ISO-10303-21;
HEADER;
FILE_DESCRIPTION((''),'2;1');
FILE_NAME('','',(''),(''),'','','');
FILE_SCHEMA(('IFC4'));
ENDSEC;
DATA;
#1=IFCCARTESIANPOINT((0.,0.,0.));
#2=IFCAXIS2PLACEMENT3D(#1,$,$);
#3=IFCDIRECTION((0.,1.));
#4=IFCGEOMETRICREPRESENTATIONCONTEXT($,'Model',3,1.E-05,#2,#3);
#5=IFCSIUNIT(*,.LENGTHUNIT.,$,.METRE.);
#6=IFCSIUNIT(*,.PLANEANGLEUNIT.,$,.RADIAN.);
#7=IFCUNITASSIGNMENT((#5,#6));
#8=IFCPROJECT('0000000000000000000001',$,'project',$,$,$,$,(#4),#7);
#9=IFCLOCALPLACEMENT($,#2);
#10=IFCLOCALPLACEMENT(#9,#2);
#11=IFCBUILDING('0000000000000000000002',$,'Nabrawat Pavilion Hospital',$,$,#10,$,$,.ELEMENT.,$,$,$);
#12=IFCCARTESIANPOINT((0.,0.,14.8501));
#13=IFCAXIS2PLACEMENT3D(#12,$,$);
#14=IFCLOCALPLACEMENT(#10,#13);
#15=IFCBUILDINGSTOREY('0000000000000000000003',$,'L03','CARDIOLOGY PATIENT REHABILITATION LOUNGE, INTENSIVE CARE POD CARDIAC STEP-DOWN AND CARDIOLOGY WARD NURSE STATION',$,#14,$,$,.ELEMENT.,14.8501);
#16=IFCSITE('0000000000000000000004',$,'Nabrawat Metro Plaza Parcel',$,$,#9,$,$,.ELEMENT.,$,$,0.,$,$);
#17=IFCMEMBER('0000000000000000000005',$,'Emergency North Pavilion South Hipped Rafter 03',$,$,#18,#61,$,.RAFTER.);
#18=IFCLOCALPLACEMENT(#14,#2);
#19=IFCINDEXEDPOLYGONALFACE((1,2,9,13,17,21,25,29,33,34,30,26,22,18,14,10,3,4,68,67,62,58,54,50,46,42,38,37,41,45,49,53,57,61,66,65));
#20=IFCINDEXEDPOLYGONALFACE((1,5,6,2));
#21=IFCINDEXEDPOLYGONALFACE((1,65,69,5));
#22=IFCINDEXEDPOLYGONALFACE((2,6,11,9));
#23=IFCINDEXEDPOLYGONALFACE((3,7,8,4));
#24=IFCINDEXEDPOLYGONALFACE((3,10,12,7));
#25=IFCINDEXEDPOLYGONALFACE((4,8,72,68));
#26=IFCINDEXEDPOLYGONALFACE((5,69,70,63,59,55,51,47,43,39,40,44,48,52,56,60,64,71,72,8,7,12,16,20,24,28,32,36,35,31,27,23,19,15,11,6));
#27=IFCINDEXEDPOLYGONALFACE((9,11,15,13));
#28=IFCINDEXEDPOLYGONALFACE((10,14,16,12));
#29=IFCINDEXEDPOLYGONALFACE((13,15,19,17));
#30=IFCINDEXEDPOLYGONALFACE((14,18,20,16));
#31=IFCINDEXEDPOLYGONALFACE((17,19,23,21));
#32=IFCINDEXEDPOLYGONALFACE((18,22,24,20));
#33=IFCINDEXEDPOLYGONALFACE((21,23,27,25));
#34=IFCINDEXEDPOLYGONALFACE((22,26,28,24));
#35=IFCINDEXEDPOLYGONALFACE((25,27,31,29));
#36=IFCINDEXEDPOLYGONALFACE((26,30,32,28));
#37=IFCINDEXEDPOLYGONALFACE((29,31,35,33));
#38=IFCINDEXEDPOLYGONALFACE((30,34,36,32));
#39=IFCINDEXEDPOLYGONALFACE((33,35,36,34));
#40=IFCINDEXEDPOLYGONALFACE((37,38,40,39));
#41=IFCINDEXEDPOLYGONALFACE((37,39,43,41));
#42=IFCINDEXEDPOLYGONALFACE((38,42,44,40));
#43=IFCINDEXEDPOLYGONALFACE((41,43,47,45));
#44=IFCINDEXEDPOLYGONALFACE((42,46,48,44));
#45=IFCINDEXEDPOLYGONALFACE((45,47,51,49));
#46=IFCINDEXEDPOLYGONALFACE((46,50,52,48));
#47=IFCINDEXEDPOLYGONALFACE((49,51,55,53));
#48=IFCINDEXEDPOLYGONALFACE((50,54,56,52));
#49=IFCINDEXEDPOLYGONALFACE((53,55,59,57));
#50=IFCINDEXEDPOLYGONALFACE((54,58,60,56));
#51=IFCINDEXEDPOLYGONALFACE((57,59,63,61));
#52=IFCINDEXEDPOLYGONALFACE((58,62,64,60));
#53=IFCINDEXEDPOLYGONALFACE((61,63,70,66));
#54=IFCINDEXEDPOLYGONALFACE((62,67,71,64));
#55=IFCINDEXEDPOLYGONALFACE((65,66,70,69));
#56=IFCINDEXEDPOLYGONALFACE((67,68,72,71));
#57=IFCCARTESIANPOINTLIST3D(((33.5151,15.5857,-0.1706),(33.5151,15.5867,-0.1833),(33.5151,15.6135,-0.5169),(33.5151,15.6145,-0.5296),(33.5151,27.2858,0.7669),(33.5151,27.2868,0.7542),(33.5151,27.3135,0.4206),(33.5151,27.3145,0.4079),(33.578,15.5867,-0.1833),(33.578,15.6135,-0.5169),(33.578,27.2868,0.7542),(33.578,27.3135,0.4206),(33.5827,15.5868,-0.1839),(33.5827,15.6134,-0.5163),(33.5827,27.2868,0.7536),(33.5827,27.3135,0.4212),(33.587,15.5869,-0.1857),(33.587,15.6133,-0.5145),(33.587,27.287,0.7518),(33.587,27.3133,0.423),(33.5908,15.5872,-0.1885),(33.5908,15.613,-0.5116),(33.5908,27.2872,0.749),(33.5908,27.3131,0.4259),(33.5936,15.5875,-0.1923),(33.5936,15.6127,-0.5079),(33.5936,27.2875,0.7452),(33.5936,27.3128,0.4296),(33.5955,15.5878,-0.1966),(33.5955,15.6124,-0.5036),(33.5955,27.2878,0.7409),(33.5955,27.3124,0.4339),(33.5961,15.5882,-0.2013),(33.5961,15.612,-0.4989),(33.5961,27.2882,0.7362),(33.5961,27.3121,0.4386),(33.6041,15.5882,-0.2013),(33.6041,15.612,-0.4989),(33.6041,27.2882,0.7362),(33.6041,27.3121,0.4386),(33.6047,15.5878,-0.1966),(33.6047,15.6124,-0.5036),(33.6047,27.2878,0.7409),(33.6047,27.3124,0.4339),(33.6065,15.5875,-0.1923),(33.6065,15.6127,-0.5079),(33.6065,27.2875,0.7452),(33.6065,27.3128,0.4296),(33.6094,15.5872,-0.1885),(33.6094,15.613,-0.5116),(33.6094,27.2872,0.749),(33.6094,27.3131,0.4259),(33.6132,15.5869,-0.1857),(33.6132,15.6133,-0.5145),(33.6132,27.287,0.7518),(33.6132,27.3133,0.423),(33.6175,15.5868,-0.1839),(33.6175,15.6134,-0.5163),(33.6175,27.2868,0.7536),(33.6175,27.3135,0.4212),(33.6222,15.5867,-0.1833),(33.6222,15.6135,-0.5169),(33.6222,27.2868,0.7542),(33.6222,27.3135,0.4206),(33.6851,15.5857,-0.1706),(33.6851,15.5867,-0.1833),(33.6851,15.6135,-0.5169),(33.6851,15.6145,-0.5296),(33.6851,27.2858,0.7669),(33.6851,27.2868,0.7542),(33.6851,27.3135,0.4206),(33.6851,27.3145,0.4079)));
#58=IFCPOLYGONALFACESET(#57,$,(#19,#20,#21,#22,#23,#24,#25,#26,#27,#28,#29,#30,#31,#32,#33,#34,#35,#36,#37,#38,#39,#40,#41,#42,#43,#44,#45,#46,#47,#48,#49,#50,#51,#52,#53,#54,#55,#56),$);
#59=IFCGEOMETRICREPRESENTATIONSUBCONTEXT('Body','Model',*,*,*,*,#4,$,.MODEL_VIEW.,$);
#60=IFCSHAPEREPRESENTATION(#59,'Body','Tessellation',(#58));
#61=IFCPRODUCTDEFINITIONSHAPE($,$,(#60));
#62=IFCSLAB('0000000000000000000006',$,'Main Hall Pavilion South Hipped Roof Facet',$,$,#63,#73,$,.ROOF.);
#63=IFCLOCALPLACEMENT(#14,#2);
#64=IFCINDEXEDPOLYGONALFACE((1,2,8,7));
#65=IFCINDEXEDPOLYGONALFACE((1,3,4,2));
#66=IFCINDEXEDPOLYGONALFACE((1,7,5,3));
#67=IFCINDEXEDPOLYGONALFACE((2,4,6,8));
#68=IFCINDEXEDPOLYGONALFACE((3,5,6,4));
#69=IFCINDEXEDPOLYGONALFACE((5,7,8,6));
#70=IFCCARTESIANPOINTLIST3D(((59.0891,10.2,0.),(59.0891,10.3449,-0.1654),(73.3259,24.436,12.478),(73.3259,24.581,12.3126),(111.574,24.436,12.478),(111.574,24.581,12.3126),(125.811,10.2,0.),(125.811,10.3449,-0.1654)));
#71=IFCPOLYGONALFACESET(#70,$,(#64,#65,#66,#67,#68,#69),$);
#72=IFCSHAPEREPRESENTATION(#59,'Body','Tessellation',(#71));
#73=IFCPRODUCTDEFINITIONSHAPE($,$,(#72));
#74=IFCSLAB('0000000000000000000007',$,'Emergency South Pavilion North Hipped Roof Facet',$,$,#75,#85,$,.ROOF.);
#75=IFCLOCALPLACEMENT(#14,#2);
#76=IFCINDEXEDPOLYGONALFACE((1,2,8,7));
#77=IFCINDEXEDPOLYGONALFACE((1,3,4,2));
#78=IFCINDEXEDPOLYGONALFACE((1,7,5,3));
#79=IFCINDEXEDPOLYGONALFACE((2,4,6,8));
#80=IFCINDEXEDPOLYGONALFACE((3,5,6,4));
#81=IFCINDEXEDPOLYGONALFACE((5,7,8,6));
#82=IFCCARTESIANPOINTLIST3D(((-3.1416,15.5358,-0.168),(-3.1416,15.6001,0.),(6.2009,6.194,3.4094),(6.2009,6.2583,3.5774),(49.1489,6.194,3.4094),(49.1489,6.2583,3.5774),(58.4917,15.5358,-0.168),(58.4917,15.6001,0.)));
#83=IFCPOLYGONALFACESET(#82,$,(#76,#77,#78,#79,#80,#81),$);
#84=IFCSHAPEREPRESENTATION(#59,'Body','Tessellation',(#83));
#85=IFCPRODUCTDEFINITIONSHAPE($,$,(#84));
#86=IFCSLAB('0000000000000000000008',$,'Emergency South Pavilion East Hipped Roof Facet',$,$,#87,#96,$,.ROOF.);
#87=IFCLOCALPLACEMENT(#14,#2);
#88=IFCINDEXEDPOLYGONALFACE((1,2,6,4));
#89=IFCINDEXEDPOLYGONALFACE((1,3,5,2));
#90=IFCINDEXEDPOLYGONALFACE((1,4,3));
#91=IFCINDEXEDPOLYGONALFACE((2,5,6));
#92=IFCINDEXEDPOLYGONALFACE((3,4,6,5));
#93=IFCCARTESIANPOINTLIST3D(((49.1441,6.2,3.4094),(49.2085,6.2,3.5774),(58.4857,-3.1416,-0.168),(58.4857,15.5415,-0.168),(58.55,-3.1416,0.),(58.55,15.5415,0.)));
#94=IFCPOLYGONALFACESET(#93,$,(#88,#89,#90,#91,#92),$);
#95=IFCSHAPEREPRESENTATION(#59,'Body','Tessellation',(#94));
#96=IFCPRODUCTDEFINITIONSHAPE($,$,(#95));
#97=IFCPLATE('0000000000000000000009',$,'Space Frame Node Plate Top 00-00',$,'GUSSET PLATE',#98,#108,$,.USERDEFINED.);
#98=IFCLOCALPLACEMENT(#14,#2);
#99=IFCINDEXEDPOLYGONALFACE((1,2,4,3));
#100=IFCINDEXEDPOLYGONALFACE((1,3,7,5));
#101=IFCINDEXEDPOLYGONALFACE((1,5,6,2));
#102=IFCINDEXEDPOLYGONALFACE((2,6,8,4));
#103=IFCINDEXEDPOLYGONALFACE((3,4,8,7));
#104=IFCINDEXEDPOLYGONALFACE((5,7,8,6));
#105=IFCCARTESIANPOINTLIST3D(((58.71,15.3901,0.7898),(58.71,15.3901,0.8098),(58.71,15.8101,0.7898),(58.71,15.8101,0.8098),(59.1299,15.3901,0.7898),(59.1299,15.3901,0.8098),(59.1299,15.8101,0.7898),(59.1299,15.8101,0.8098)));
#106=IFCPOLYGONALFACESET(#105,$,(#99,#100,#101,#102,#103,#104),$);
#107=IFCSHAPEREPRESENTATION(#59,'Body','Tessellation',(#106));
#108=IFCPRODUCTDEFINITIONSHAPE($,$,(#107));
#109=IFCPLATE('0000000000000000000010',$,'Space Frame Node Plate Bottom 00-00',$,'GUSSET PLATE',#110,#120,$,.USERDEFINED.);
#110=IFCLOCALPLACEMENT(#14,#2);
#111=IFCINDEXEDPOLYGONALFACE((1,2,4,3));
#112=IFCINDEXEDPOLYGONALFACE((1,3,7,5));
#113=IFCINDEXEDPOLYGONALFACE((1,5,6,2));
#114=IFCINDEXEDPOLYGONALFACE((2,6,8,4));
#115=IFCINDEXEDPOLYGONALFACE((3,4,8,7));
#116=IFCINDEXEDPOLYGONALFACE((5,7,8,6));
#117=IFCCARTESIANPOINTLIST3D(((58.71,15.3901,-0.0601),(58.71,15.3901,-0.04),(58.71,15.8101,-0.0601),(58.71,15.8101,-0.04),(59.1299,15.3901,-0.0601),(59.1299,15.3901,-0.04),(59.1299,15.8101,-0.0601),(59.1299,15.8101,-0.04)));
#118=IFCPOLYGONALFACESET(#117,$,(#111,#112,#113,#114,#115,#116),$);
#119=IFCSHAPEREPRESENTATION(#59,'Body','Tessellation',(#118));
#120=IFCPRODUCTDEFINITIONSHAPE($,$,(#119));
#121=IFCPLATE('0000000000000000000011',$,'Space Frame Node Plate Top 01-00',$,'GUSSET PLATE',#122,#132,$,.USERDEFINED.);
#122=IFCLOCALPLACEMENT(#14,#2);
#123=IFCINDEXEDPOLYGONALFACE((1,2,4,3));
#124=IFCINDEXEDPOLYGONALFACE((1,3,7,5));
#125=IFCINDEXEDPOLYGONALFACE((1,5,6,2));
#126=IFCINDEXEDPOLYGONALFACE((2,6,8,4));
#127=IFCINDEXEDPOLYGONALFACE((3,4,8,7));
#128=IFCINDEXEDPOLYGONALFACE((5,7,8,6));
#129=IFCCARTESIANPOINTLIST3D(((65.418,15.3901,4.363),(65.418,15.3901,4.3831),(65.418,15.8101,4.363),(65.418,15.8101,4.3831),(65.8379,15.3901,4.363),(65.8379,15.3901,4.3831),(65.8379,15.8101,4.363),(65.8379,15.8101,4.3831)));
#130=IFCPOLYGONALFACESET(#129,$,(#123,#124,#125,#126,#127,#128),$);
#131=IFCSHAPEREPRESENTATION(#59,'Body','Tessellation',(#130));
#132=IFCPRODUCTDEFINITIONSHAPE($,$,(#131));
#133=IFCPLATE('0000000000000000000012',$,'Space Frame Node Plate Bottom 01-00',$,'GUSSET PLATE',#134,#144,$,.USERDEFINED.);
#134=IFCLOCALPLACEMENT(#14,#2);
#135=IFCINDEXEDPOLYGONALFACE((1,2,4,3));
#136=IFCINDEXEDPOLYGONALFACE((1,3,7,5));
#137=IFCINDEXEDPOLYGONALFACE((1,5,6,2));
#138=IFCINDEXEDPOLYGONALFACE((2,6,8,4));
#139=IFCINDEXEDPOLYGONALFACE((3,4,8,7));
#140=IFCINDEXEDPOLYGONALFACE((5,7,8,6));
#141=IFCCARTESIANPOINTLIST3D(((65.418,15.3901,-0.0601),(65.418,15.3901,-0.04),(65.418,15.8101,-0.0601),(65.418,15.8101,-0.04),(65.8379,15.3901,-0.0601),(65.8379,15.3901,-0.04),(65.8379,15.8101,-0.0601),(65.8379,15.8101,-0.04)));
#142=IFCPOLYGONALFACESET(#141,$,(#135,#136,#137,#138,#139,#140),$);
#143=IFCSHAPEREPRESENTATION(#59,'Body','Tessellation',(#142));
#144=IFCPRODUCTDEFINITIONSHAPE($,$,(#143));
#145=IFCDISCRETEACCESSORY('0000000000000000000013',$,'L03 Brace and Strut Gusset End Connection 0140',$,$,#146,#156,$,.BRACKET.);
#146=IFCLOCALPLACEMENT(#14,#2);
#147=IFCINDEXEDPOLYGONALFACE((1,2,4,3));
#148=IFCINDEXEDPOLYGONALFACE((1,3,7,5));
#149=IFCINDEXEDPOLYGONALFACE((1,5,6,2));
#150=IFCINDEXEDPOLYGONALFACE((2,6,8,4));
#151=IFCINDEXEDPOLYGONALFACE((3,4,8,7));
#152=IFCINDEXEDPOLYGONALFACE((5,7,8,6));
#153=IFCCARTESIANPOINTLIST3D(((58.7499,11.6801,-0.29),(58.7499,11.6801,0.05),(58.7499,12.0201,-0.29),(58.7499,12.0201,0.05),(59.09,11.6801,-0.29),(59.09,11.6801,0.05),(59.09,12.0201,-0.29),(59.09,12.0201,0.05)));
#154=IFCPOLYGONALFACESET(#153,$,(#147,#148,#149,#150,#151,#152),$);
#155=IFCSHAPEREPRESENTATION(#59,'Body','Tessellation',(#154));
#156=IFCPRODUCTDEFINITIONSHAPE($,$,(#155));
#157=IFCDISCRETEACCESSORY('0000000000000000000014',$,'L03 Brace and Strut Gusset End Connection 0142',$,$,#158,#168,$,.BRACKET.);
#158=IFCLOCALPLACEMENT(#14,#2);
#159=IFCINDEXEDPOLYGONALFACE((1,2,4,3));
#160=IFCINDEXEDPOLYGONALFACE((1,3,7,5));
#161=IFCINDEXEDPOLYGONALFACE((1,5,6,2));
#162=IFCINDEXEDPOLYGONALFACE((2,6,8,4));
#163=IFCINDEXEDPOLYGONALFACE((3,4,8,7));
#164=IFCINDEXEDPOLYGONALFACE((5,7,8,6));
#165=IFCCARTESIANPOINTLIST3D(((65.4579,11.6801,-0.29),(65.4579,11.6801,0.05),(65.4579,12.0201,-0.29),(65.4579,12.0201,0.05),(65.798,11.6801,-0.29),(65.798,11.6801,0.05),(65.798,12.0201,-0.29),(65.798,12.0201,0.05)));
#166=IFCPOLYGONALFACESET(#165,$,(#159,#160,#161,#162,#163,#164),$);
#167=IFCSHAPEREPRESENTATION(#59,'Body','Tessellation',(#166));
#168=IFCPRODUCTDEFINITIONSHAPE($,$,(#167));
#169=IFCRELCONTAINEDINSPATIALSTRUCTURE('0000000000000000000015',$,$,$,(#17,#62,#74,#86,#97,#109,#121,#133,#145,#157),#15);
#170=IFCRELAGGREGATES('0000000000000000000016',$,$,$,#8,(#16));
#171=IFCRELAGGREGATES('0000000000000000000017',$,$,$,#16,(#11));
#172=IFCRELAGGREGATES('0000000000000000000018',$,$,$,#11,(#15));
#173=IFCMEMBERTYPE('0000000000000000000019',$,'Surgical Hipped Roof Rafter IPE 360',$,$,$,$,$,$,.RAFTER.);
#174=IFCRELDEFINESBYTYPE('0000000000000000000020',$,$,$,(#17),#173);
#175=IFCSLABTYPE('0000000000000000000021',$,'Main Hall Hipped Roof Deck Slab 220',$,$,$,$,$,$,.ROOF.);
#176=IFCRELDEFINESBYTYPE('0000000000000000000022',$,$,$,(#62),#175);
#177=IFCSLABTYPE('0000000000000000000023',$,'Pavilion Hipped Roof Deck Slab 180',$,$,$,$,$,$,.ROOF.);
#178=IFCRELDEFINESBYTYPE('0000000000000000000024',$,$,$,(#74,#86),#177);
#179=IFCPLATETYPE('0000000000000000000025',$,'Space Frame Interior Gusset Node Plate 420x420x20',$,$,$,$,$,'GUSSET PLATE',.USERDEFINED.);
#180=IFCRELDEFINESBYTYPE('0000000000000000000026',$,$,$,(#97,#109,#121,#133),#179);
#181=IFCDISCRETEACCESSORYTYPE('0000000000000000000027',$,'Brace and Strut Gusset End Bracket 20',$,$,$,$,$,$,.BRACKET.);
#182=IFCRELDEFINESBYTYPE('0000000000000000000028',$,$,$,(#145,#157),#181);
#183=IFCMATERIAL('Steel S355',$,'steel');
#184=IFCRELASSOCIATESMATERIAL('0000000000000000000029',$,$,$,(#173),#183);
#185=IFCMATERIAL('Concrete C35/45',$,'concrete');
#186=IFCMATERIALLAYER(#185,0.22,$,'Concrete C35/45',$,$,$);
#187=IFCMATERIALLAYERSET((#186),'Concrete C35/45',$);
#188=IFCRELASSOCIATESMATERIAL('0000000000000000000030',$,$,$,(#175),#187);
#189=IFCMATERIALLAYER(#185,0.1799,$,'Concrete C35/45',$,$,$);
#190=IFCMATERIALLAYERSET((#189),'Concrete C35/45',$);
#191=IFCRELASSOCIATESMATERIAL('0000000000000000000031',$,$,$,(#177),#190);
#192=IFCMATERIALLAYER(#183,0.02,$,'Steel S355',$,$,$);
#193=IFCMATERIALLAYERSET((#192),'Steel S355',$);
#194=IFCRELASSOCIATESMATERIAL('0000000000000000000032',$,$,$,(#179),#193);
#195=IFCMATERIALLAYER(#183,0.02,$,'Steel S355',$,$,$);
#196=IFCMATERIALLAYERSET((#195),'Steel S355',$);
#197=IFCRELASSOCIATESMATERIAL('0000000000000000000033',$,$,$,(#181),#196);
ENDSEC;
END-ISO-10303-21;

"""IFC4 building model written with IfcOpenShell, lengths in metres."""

from ifc_helpers import new_model, si_unit, direction, frame, origin, origin_2d, place, context, subcontext, project, spatial, polyline, rectangle, i_section, outline, extrude, material, layer, layer_set, material_profile, profile_set, type_object, element, save


model = new_model("IFC4")

# Units and contexts
model_context = context("Model", 3, precision=1e-05, world=origin(), true_north=direction((0.0, 1.0)))
body_context = subcontext(model_context, "Body", "Model", "MODEL_VIEW")
ifc_project = project(units=[si_unit("LENGTHUNIT", "METRE"), si_unit("PLANEANGLEUNIT", "RADIAN")], contexts=[model_context])

# Site, building, storey
site_placement = place(None, origin())
site = spatial("IfcSite", under=ifc_project, at=site_placement, Name="Nabrawat Metro Plaza Parcel", CompositionType="ELEMENT", RefElevation=0.0)
building_placement = place(site_placement, origin())
building = spatial("IfcBuilding", under=site, at=building_placement, Name="Nabrawat Pavilion Hospital", CompositionType="ELEMENT")
storey_placement = place(building_placement, frame((0.0, 0.0, 14.8501)))
storey = spatial("IfcBuildingStorey", under=building, at=storey_placement, Name="L03", Description="CARDIOLOGY PATIENT REHABILITATION LOUNGE, INTENSIVE CARE POD CARDIAC STEP-DOWN AND CARDIOLOGY WARD NURSE STATION", CompositionType="ELEMENT", Elevation=14.8501)

# Shared definitions
ifc_material_1 = material(Name="Steel S355", Category="steel")

# Member
ifc_material_profile_1 = material_profile(ifc_material_1, i_section(OverallWidth=0.1699, OverallDepth=0.3601, WebThickness=0.0081, FlangeThickness=0.0127, FilletRadius=0.0181, at=origin_2d()), Name="IPE 360")
ifc_profile_set_1 = profile_set([ifc_material_profile_1], Name="Steel S355")
member_type_1 = type_object("IfcMemberType", Name="Surgical Hipped Roof Rafter IPE 360", PredefinedType="RAFTER", material=ifc_profile_set_1)
member_1_placement = place(storey_placement, frame((33.6001, 15.6001, -0.3501), z_axis=(0.0, 0.996805, 0.079873), x_axis=(-1.0, 0.0, 0.0)))
element("IfcMember", 1, at=member_1_placement, inside=storey, type_object=member_type_1, Name="Emergency North Pavilion South Hipped Rafter 03", PredefinedType="RAFTER", context=body_context, shape_type="SweptSolid", body=[
    extrude(i_section(OverallWidth=0.1699, OverallDepth=0.3601, WebThickness=0.0081, FlangeThickness=0.0127, FilletRadius=0.0181, at=origin_2d()), origin(), (0.0, 0.0, 1.0), 11.7375),
])

# Slabs
ifc_material_2 = material(Name="Concrete C35/45", Category="concrete")
ifc_layer_1 = layer(ifc_material_2, 0.22, Name="Concrete C35/45")
ifc_layer_set_1 = layer_set([ifc_layer_1], Name="Concrete C35/45")
slab_type_1 = type_object("IfcSlabType", Name="Main Hall Hipped Roof Deck Slab 220", PredefinedType="ROOF", material=ifc_layer_set_1)
slab_1_placement = place(storey_placement, frame((59.0891, 10.2, 0.0), z_axis=(0.0, -0.659146, 0.752015), x_axis=(1.0, 0.0, 0.0)))
element("IfcSlab", 2, at=slab_1_placement, inside=storey, type_object=slab_type_1, Name="Main Hall Pavilion South Hipped Roof Facet", PredefinedType="ROOF", context=body_context, shape_type="SweptSolid", body=[
    extrude(outline(polyline([(0.0, 0.0), (66.7219, 0.0), (52.4849, 18.9306), (14.2368, 18.9306), (0.0, 0.0)])), origin(), (0.0, 0.0, -1.0), 0.22),
])
ifc_layer_2 = layer(ifc_material_2, 0.1799, Name="Concrete C35/45")
ifc_layer_set_2 = layer_set([ifc_layer_2], Name="Concrete C35/45")
slab_type_2 = type_object("IfcSlabType", Name="Pavilion Hipped Roof Deck Slab 180", PredefinedType="ROOF", material=ifc_layer_set_2)
slab_2_placement = place(storey_placement, frame((58.4917, 15.6001, 0.0), z_axis=(0.0, 0.35762, 0.933867), x_axis=(-1.0, 0.0, 0.0)))
element("IfcSlab", 3, at=slab_2_placement, inside=storey, type_object=slab_type_2, Name="Emergency South Pavilion North Hipped Roof Facet", PredefinedType="ROOF", context=body_context, shape_type="SweptSolid", body=[
    extrude(outline(polyline([(0.0, 0.0), (61.6333, 0.0), (52.2908, 10.0033), (9.3428, 10.0033), (0.0, 0.0)])), origin(), (0.0, 0.0, -1.0), 0.1799),
])
slab_3_placement = place(storey_placement, frame((58.55, -3.1416, 0.0), z_axis=(0.357628, 0.0, 0.933864), x_axis=(0.0, 1.0, 0.0)))
element("IfcSlab", 4, at=slab_3_placement, inside=storey, type_object=slab_type_2, Name="Emergency South Pavilion East Hipped Roof Facet", PredefinedType="ROOF", context=body_context, shape_type="SweptSolid", body=[
    extrude(outline(polyline([(0.0, 0.0), (18.6831, 0.0), (9.3416, 10.0031), (0.0, 0.0)])), origin(), (0.0, 0.0, -1.0), 0.1799),
])

# Plates
ifc_layer_3 = layer(ifc_material_1, 0.02, Name="Steel S355")
ifc_layer_set_3 = layer_set([ifc_layer_3], Name="Steel S355")
plate_type = type_object("IfcPlateType", Name="Space Frame Interior Gusset Node Plate 420x420x20", ElementType="GUSSET PLATE", PredefinedType="USERDEFINED", material=ifc_layer_set_3)
for number, where, z_axis, x_axis, name in (
    (5, (58.9199, 15.6001, 0.7898), (0.0, 0.0, 1.0), (1.0, 0.0, 0.0), "Space Frame Node Plate Top 00-00"),
    (6, (58.9199, 15.6001, -0.0601), (0.0, 0.0, 1.0), (1.0, 0.0, 0.0), "Space Frame Node Plate Bottom 00-00"),
    (7, (65.6279, 15.6001, 4.363), (0.0, 0.0, 1.0), (1.0, 0.0, 0.0), "Space Frame Node Plate Top 01-00"),
    (8, (65.6279, 15.6001, -0.0601), (0.0, 0.0, 1.0), (1.0, 0.0, 0.0), "Space Frame Node Plate Bottom 01-00"),
):
    element("IfcPlate", number, at=place(storey_placement, frame(where, z_axis=z_axis, x_axis=x_axis)), inside=storey, type_object=plate_type, Name=name, ObjectType="GUSSET PLATE", PredefinedType="USERDEFINED", context=body_context, shape_type="SweptSolid", body=[
        extrude(rectangle(XDim=0.4199, YDim=0.4199, at=origin_2d()), origin(), (0.0, 0.0, 1.0), 0.02),
    ])

# Discrete accessories
ifc_layer_4 = layer(ifc_material_1, 0.02, Name="Steel S355")
ifc_layer_set_4 = layer_set([ifc_layer_4], Name="Steel S355")
discrete_accessory_type = type_object("IfcDiscreteAccessoryType", Name="Brace and Strut Gusset End Bracket 20", PredefinedType="BRACKET", material=ifc_layer_set_4)
for number, where, z_axis, x_axis, name in (
    (9, (58.9199, 11.8501, -0.29), (0.0, 0.0, 1.0), (1.0, 0.0, 0.0), "L03 Brace and Strut Gusset End Connection 0140"),
    (10, (65.6279, 11.8501, -0.29), (0.0, 0.0, 1.0), (1.0, 0.0, 0.0), "L03 Brace and Strut Gusset End Connection 0142"),
):
    element("IfcDiscreteAccessory", number, at=place(storey_placement, frame(where, z_axis=z_axis, x_axis=x_axis)), inside=storey, type_object=discrete_accessory_type, Name=name, PredefinedType="BRACKET", context=body_context, shape_type="SweptSolid", body=[
        extrude(rectangle(XDim=0.3401, YDim=0.3401, at=origin_2d()), origin(), (0.0, 0.0, 1.0), 0.3401),
    ])

save(model, "model.ifc")
